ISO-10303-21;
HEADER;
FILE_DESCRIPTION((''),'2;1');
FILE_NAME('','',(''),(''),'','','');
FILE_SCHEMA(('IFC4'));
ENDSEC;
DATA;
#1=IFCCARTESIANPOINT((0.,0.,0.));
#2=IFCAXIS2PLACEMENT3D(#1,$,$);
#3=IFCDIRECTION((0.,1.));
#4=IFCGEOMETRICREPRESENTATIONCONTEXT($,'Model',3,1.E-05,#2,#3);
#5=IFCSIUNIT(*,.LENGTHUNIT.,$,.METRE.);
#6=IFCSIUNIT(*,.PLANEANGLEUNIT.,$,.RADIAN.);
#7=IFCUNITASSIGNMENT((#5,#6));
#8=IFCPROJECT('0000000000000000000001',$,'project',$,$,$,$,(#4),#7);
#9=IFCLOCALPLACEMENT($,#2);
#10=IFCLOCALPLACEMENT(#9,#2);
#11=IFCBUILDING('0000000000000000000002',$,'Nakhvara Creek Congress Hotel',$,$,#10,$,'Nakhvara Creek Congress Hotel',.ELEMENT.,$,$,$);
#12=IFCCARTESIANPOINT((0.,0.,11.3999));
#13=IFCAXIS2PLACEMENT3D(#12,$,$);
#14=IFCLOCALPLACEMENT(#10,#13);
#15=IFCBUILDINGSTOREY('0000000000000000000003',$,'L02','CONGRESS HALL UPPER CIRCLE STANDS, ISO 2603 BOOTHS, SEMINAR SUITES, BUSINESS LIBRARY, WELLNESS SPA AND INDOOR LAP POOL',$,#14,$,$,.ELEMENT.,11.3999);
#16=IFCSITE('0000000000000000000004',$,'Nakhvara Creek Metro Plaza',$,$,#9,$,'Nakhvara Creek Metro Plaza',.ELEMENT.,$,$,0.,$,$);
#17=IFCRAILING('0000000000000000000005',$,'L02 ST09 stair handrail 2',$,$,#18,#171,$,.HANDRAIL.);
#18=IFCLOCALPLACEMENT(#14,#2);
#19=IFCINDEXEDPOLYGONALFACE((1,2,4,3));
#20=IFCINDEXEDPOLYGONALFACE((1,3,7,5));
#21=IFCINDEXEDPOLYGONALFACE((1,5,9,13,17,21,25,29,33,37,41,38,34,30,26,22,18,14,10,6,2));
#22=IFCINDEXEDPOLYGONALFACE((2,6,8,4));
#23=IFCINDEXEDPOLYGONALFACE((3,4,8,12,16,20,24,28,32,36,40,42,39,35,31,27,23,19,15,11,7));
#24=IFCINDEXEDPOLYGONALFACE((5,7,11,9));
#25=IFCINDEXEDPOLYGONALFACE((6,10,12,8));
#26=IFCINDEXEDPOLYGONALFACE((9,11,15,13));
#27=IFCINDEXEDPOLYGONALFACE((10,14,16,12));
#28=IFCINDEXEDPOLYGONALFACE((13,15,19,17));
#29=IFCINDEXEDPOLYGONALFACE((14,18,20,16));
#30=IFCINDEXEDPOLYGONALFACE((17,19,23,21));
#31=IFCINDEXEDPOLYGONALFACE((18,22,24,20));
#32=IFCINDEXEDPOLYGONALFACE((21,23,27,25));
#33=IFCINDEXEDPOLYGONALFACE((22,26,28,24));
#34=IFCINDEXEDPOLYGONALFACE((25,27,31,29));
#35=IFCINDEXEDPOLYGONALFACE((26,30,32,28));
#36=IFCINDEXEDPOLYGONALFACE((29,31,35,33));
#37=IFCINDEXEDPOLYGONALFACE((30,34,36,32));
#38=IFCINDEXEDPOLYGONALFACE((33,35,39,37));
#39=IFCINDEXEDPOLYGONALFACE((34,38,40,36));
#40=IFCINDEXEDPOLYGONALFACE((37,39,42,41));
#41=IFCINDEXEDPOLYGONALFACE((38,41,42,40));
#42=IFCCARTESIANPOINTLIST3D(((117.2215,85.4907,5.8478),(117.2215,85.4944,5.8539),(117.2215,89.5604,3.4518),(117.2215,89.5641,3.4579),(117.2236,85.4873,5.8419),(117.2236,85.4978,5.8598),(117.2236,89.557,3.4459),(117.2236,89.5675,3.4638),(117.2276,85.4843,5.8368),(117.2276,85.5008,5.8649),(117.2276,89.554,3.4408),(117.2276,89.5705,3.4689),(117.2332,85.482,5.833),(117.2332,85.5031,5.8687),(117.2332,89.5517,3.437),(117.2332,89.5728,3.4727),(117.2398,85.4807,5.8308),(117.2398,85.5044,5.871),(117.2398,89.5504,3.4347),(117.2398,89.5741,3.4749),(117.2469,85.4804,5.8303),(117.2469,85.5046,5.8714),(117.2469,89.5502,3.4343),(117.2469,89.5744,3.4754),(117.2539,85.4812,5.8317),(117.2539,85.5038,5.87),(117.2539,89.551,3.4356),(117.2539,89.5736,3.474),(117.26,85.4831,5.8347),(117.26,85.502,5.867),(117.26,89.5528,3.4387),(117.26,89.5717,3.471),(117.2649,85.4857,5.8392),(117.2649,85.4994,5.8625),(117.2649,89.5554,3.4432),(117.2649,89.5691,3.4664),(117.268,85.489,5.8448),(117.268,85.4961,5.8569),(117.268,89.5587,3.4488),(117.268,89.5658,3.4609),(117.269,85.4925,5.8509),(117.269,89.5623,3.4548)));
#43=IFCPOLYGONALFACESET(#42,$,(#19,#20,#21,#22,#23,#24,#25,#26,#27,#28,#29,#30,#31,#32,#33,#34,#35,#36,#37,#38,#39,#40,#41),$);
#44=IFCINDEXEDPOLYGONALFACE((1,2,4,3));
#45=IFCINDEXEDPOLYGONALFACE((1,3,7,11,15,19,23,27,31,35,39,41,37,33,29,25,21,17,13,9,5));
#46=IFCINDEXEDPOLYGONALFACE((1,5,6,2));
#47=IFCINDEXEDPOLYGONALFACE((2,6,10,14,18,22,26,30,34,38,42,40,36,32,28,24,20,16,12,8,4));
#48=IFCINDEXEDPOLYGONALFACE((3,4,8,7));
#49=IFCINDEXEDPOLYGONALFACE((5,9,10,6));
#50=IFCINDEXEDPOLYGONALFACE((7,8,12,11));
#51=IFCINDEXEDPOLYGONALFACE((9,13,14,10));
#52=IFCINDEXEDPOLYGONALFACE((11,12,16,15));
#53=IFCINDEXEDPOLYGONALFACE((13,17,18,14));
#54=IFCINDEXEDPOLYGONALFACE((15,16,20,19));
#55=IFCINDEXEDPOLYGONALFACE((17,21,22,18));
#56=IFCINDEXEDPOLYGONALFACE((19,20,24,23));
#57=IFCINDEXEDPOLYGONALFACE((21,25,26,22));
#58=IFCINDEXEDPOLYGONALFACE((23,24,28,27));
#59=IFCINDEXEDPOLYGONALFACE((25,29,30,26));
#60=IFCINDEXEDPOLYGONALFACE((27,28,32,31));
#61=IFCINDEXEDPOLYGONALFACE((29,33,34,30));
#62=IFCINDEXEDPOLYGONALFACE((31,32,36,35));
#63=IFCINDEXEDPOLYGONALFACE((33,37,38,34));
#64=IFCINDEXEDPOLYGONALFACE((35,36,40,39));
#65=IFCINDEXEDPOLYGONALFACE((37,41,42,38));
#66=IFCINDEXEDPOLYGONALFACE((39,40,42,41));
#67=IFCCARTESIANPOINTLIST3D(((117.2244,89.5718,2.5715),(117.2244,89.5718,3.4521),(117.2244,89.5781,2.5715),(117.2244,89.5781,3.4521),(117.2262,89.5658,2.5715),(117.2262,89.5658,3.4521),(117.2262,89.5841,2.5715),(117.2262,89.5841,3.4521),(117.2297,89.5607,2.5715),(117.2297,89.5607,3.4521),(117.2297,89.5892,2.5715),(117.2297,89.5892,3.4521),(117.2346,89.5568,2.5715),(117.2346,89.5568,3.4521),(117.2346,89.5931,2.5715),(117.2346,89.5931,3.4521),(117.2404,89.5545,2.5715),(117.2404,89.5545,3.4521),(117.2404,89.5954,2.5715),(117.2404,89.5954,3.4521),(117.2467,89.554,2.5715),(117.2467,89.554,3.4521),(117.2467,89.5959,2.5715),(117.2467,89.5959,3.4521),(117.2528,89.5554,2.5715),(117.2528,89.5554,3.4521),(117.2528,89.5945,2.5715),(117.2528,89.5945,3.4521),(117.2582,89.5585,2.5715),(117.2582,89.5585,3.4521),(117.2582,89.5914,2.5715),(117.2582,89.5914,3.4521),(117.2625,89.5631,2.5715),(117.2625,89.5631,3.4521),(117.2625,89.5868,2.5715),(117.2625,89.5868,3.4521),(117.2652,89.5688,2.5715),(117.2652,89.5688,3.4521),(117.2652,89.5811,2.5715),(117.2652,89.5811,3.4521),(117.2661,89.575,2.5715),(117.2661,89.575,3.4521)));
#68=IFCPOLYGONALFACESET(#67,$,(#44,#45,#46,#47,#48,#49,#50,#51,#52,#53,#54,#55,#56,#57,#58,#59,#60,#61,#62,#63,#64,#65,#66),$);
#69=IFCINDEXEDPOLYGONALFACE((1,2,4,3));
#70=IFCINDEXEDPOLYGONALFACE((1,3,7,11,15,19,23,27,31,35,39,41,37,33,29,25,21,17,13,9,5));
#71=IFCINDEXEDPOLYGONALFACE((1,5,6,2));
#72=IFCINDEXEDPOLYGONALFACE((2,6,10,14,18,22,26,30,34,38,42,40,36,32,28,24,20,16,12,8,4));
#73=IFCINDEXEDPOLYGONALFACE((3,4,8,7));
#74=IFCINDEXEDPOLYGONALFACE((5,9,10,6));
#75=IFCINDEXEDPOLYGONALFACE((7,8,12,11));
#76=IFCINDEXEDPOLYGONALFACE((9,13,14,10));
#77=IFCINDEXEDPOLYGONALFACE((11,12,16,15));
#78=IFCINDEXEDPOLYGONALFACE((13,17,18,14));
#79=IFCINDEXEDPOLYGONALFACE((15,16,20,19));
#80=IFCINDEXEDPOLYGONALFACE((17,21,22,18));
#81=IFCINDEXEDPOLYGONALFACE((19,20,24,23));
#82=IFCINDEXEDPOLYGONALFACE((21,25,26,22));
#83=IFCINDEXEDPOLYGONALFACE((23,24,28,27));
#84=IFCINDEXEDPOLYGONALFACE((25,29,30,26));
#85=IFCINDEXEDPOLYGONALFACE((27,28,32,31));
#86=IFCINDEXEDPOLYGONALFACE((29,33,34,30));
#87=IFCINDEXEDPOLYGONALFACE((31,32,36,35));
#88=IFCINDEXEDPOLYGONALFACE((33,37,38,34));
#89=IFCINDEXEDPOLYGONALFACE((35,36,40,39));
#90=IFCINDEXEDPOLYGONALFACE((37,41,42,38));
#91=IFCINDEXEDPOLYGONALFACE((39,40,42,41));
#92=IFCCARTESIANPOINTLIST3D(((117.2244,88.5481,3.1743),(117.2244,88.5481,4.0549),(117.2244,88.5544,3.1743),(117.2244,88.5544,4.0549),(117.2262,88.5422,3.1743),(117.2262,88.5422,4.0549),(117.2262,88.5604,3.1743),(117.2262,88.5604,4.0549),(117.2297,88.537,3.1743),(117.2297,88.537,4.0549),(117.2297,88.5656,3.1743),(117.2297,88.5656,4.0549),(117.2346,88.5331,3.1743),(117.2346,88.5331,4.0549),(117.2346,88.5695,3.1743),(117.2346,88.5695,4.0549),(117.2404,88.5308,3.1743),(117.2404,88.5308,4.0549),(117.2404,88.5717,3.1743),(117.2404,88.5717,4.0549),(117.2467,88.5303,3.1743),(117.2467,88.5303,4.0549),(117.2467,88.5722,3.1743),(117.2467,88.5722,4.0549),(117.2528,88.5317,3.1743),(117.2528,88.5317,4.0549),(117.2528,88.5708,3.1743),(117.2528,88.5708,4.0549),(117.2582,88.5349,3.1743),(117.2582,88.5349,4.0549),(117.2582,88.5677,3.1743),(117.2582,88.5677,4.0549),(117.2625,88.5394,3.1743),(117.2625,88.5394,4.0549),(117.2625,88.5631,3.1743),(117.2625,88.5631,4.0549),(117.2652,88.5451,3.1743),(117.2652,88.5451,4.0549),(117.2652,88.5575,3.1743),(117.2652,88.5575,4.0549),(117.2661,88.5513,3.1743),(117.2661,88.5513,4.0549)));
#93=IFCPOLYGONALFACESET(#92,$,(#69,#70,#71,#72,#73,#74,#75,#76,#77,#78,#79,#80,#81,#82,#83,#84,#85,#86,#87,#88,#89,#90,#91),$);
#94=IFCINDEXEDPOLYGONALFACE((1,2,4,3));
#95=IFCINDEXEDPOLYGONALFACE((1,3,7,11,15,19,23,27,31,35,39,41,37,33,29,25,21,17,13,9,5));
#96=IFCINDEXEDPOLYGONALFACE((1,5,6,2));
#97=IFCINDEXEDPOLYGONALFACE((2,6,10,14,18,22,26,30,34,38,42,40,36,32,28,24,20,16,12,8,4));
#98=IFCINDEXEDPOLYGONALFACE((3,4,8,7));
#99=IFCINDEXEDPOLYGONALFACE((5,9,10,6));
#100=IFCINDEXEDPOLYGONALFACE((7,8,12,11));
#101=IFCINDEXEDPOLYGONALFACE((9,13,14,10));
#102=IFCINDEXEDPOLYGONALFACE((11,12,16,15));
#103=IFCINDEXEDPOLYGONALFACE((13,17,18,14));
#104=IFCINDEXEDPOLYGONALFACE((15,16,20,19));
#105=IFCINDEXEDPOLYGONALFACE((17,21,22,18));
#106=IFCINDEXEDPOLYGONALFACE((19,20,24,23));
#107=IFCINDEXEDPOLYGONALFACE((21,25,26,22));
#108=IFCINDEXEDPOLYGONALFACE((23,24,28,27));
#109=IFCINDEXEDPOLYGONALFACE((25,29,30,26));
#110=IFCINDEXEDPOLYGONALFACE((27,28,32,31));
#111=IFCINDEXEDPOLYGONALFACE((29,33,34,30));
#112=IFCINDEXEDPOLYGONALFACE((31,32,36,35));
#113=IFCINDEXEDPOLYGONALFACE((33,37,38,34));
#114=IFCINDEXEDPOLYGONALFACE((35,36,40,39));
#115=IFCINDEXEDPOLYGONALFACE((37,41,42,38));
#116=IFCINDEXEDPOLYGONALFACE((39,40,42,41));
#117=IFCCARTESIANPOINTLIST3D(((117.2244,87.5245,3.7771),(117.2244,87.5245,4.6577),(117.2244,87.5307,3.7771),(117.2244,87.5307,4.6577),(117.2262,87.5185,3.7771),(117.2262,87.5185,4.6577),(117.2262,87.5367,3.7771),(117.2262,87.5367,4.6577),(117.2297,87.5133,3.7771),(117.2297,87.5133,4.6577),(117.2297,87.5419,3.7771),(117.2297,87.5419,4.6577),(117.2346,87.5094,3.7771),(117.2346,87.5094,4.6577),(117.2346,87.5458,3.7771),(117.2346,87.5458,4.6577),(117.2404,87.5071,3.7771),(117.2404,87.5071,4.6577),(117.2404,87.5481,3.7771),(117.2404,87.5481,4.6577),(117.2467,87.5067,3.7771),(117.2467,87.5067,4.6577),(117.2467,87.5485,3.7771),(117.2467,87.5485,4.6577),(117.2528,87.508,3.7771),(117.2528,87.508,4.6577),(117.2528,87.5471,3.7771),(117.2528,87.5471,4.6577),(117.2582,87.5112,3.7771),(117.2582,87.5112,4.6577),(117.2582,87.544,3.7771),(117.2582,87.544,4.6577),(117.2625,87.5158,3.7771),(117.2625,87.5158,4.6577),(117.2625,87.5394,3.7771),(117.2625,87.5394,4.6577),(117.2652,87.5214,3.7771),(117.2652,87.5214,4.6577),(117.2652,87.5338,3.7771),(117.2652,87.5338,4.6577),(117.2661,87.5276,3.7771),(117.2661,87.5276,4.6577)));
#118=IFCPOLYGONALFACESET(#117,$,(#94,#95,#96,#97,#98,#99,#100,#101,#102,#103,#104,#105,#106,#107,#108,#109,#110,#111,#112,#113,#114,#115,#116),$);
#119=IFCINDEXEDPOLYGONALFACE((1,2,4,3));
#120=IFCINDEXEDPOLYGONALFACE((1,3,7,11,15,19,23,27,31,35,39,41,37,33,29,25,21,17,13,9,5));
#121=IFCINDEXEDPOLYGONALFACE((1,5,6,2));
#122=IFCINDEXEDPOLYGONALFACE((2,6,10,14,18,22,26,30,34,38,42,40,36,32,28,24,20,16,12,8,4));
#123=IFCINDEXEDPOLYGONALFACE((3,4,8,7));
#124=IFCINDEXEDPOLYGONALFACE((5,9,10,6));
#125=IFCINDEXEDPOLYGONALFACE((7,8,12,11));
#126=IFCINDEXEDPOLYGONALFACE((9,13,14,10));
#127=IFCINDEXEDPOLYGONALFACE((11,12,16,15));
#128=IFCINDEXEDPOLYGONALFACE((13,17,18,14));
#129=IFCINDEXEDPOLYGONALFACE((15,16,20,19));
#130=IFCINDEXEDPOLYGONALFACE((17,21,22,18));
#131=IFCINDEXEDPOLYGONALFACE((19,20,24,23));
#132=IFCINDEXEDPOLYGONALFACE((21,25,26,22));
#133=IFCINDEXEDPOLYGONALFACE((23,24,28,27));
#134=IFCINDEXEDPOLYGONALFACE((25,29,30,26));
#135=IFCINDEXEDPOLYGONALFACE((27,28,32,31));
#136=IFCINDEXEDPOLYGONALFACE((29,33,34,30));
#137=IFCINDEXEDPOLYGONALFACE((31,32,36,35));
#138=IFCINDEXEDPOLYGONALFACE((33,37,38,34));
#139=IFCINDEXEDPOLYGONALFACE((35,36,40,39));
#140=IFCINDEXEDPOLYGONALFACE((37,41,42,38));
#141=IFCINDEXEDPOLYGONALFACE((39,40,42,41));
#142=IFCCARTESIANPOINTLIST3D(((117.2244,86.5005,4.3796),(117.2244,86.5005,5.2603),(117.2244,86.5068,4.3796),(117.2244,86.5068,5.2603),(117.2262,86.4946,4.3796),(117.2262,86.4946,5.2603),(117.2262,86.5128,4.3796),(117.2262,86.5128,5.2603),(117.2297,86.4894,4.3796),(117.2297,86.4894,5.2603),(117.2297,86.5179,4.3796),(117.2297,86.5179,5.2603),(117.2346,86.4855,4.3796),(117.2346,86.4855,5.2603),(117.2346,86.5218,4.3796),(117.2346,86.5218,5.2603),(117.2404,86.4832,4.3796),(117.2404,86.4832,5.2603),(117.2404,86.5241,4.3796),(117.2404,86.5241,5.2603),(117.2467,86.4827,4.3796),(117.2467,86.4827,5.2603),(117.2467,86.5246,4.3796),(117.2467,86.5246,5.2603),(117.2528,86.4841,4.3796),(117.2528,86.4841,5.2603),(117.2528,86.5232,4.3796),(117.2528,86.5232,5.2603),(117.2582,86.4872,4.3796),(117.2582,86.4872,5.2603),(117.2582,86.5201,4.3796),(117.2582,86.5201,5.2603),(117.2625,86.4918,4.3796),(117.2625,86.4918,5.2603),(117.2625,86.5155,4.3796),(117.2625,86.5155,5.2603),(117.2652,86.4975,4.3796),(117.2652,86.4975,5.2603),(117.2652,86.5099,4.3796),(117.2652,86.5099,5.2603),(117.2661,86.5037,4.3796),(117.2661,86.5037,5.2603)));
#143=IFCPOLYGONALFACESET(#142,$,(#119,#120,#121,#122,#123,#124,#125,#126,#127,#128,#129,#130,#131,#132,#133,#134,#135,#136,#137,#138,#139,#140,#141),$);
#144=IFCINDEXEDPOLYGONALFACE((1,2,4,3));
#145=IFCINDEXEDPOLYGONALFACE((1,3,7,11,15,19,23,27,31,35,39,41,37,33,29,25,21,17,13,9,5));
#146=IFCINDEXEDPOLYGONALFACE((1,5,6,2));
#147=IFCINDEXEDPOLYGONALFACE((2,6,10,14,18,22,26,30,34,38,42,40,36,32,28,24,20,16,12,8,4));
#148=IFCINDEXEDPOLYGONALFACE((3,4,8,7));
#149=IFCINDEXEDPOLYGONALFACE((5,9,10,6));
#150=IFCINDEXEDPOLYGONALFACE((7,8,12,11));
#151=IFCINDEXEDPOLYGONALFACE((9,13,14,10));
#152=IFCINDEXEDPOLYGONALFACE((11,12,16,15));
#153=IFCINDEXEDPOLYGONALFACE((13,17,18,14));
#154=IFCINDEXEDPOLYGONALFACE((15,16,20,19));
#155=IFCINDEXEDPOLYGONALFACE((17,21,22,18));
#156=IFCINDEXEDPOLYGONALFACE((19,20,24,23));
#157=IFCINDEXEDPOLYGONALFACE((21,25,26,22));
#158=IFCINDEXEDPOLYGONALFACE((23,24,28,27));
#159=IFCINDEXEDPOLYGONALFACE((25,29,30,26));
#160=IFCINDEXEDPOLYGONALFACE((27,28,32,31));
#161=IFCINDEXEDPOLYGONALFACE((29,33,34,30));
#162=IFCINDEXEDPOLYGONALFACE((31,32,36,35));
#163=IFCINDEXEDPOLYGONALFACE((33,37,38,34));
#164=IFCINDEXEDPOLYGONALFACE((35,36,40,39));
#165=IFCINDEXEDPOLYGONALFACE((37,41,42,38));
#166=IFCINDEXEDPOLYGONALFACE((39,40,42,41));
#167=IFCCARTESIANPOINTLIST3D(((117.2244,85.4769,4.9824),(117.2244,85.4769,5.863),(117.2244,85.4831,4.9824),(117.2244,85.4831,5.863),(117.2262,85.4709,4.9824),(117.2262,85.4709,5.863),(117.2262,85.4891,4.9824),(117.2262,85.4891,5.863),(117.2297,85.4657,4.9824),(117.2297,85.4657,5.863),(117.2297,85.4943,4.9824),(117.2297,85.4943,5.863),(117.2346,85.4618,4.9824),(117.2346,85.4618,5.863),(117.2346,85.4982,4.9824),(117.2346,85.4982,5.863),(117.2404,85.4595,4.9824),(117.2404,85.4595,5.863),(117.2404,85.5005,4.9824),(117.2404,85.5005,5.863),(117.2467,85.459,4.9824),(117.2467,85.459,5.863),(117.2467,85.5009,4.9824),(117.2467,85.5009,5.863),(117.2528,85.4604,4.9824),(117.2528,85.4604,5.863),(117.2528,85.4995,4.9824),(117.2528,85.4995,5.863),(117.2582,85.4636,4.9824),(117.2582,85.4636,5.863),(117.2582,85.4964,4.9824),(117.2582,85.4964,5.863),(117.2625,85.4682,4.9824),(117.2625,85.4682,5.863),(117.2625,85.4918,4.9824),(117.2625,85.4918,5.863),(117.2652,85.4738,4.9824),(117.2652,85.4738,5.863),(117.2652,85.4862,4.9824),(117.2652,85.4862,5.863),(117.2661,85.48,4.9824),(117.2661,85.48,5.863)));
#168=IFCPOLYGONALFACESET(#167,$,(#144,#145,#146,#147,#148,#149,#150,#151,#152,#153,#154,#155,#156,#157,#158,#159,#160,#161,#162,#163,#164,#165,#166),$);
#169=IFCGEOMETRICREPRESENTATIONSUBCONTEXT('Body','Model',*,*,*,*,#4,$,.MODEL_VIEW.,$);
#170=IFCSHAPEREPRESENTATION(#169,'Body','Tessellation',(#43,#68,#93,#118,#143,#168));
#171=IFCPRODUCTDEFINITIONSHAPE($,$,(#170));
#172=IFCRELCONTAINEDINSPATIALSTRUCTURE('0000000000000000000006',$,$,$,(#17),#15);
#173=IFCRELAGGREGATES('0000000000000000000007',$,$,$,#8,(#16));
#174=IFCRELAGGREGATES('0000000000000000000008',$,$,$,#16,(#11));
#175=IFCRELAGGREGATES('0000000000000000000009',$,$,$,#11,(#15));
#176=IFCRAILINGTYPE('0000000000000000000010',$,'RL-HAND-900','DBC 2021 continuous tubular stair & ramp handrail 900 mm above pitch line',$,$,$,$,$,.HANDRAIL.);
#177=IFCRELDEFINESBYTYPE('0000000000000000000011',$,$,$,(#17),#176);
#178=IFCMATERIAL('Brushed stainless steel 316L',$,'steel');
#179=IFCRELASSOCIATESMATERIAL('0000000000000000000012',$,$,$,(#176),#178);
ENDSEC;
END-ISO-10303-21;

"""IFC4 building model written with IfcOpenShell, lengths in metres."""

from ifc_helpers import new_model, si_unit, direction, frame, origin, origin_2d, place, context, subcontext, project, spatial, circle, extrude, material, type_object, element, save


model = new_model("IFC4")

# Units and contexts
model_context = context("Model", 3, precision=1e-05, world=origin(), true_north=direction((0.0, 1.0)))
body_context = subcontext(model_context, "Body", "Model", "MODEL_VIEW")
ifc_project = project(units=[si_unit("LENGTHUNIT", "METRE"), si_unit("PLANEANGLEUNIT", "RADIAN")], contexts=[model_context])

# Site, building, storey
site_placement = place(None, origin())
site = spatial("IfcSite", under=ifc_project, at=site_placement, Name="Nakhvara Creek Metro Plaza", LongName="Nakhvara Creek Metro Plaza", CompositionType="ELEMENT", RefElevation=0.0)
building_placement = place(site_placement, origin())
building = spatial("IfcBuilding", under=site, at=building_placement, Name="Nakhvara Creek Congress Hotel", LongName="Nakhvara Creek Congress Hotel", CompositionType="ELEMENT")
storey_placement = place(building_placement, frame((0.0, 0.0, 11.3999)))
storey = spatial("IfcBuildingStorey", under=building, at=storey_placement, Name="L02", Description="CONGRESS HALL UPPER CIRCLE STANDS, ISO 2603 BOOTHS, SEMINAR SUITES, BUSINESS LIBRARY, WELLNESS SPA AND INDOOR LAP POOL", CompositionType="ELEMENT", Elevation=11.3999)

# Railing
ifc_material_1 = material(Name="Brushed stainless steel 316L", Category="steel")
railing_type_1 = type_object("IfcRailingType", Name="RL-HAND-900", Description="DBC 2021 continuous tubular stair & ramp handrail 900 mm above pitch line", PredefinedType="HANDRAIL", material=ifc_material_1)
railing_1_placement = place(storey_placement, frame((117.2451, 89.575, 2.5715)))
element("IfcRailing", 1, at=railing_1_placement, inside=storey, type_object=railing_type_1, Name="L02 ST09 stair handrail 2", PredefinedType="HANDRAIL", context=body_context, shape_type="SweptSolid", body=[
    extrude(circle(Radius=0.0239, at=origin_2d()), frame((0.0, -0.0127, 0.8833), z_axis=(0.0, -0.861743, 0.507346), x_axis=(1.0, 0.0, 0.0)), (0.0, 0.0, 1.0), 4.7227),
    extrude(circle(Radius=0.021, at=origin_2d()), origin(), (0.0, 0.0, 1.0), 0.8806),
    extrude(circle(Radius=0.021, at=origin_2d()), frame((0.0, -1.0237, 0.6028)), (0.0, 0.0, 1.0), 0.8806),
    extrude(circle(Radius=0.021, at=origin_2d()), frame((0.0, -2.0474, 1.2056)), (0.0, 0.0, 1.0), 0.8806),
    extrude(circle(Radius=0.021, at=origin_2d()), frame((0.0, -3.0713, 1.8081)), (0.0, 0.0, 1.0), 0.8806),
    extrude(circle(Radius=0.021, at=origin_2d()), frame((0.0, -4.095, 2.4109)), (0.0, 0.0, 1.0), 0.8806),
])

save(model, "model.ifc")
